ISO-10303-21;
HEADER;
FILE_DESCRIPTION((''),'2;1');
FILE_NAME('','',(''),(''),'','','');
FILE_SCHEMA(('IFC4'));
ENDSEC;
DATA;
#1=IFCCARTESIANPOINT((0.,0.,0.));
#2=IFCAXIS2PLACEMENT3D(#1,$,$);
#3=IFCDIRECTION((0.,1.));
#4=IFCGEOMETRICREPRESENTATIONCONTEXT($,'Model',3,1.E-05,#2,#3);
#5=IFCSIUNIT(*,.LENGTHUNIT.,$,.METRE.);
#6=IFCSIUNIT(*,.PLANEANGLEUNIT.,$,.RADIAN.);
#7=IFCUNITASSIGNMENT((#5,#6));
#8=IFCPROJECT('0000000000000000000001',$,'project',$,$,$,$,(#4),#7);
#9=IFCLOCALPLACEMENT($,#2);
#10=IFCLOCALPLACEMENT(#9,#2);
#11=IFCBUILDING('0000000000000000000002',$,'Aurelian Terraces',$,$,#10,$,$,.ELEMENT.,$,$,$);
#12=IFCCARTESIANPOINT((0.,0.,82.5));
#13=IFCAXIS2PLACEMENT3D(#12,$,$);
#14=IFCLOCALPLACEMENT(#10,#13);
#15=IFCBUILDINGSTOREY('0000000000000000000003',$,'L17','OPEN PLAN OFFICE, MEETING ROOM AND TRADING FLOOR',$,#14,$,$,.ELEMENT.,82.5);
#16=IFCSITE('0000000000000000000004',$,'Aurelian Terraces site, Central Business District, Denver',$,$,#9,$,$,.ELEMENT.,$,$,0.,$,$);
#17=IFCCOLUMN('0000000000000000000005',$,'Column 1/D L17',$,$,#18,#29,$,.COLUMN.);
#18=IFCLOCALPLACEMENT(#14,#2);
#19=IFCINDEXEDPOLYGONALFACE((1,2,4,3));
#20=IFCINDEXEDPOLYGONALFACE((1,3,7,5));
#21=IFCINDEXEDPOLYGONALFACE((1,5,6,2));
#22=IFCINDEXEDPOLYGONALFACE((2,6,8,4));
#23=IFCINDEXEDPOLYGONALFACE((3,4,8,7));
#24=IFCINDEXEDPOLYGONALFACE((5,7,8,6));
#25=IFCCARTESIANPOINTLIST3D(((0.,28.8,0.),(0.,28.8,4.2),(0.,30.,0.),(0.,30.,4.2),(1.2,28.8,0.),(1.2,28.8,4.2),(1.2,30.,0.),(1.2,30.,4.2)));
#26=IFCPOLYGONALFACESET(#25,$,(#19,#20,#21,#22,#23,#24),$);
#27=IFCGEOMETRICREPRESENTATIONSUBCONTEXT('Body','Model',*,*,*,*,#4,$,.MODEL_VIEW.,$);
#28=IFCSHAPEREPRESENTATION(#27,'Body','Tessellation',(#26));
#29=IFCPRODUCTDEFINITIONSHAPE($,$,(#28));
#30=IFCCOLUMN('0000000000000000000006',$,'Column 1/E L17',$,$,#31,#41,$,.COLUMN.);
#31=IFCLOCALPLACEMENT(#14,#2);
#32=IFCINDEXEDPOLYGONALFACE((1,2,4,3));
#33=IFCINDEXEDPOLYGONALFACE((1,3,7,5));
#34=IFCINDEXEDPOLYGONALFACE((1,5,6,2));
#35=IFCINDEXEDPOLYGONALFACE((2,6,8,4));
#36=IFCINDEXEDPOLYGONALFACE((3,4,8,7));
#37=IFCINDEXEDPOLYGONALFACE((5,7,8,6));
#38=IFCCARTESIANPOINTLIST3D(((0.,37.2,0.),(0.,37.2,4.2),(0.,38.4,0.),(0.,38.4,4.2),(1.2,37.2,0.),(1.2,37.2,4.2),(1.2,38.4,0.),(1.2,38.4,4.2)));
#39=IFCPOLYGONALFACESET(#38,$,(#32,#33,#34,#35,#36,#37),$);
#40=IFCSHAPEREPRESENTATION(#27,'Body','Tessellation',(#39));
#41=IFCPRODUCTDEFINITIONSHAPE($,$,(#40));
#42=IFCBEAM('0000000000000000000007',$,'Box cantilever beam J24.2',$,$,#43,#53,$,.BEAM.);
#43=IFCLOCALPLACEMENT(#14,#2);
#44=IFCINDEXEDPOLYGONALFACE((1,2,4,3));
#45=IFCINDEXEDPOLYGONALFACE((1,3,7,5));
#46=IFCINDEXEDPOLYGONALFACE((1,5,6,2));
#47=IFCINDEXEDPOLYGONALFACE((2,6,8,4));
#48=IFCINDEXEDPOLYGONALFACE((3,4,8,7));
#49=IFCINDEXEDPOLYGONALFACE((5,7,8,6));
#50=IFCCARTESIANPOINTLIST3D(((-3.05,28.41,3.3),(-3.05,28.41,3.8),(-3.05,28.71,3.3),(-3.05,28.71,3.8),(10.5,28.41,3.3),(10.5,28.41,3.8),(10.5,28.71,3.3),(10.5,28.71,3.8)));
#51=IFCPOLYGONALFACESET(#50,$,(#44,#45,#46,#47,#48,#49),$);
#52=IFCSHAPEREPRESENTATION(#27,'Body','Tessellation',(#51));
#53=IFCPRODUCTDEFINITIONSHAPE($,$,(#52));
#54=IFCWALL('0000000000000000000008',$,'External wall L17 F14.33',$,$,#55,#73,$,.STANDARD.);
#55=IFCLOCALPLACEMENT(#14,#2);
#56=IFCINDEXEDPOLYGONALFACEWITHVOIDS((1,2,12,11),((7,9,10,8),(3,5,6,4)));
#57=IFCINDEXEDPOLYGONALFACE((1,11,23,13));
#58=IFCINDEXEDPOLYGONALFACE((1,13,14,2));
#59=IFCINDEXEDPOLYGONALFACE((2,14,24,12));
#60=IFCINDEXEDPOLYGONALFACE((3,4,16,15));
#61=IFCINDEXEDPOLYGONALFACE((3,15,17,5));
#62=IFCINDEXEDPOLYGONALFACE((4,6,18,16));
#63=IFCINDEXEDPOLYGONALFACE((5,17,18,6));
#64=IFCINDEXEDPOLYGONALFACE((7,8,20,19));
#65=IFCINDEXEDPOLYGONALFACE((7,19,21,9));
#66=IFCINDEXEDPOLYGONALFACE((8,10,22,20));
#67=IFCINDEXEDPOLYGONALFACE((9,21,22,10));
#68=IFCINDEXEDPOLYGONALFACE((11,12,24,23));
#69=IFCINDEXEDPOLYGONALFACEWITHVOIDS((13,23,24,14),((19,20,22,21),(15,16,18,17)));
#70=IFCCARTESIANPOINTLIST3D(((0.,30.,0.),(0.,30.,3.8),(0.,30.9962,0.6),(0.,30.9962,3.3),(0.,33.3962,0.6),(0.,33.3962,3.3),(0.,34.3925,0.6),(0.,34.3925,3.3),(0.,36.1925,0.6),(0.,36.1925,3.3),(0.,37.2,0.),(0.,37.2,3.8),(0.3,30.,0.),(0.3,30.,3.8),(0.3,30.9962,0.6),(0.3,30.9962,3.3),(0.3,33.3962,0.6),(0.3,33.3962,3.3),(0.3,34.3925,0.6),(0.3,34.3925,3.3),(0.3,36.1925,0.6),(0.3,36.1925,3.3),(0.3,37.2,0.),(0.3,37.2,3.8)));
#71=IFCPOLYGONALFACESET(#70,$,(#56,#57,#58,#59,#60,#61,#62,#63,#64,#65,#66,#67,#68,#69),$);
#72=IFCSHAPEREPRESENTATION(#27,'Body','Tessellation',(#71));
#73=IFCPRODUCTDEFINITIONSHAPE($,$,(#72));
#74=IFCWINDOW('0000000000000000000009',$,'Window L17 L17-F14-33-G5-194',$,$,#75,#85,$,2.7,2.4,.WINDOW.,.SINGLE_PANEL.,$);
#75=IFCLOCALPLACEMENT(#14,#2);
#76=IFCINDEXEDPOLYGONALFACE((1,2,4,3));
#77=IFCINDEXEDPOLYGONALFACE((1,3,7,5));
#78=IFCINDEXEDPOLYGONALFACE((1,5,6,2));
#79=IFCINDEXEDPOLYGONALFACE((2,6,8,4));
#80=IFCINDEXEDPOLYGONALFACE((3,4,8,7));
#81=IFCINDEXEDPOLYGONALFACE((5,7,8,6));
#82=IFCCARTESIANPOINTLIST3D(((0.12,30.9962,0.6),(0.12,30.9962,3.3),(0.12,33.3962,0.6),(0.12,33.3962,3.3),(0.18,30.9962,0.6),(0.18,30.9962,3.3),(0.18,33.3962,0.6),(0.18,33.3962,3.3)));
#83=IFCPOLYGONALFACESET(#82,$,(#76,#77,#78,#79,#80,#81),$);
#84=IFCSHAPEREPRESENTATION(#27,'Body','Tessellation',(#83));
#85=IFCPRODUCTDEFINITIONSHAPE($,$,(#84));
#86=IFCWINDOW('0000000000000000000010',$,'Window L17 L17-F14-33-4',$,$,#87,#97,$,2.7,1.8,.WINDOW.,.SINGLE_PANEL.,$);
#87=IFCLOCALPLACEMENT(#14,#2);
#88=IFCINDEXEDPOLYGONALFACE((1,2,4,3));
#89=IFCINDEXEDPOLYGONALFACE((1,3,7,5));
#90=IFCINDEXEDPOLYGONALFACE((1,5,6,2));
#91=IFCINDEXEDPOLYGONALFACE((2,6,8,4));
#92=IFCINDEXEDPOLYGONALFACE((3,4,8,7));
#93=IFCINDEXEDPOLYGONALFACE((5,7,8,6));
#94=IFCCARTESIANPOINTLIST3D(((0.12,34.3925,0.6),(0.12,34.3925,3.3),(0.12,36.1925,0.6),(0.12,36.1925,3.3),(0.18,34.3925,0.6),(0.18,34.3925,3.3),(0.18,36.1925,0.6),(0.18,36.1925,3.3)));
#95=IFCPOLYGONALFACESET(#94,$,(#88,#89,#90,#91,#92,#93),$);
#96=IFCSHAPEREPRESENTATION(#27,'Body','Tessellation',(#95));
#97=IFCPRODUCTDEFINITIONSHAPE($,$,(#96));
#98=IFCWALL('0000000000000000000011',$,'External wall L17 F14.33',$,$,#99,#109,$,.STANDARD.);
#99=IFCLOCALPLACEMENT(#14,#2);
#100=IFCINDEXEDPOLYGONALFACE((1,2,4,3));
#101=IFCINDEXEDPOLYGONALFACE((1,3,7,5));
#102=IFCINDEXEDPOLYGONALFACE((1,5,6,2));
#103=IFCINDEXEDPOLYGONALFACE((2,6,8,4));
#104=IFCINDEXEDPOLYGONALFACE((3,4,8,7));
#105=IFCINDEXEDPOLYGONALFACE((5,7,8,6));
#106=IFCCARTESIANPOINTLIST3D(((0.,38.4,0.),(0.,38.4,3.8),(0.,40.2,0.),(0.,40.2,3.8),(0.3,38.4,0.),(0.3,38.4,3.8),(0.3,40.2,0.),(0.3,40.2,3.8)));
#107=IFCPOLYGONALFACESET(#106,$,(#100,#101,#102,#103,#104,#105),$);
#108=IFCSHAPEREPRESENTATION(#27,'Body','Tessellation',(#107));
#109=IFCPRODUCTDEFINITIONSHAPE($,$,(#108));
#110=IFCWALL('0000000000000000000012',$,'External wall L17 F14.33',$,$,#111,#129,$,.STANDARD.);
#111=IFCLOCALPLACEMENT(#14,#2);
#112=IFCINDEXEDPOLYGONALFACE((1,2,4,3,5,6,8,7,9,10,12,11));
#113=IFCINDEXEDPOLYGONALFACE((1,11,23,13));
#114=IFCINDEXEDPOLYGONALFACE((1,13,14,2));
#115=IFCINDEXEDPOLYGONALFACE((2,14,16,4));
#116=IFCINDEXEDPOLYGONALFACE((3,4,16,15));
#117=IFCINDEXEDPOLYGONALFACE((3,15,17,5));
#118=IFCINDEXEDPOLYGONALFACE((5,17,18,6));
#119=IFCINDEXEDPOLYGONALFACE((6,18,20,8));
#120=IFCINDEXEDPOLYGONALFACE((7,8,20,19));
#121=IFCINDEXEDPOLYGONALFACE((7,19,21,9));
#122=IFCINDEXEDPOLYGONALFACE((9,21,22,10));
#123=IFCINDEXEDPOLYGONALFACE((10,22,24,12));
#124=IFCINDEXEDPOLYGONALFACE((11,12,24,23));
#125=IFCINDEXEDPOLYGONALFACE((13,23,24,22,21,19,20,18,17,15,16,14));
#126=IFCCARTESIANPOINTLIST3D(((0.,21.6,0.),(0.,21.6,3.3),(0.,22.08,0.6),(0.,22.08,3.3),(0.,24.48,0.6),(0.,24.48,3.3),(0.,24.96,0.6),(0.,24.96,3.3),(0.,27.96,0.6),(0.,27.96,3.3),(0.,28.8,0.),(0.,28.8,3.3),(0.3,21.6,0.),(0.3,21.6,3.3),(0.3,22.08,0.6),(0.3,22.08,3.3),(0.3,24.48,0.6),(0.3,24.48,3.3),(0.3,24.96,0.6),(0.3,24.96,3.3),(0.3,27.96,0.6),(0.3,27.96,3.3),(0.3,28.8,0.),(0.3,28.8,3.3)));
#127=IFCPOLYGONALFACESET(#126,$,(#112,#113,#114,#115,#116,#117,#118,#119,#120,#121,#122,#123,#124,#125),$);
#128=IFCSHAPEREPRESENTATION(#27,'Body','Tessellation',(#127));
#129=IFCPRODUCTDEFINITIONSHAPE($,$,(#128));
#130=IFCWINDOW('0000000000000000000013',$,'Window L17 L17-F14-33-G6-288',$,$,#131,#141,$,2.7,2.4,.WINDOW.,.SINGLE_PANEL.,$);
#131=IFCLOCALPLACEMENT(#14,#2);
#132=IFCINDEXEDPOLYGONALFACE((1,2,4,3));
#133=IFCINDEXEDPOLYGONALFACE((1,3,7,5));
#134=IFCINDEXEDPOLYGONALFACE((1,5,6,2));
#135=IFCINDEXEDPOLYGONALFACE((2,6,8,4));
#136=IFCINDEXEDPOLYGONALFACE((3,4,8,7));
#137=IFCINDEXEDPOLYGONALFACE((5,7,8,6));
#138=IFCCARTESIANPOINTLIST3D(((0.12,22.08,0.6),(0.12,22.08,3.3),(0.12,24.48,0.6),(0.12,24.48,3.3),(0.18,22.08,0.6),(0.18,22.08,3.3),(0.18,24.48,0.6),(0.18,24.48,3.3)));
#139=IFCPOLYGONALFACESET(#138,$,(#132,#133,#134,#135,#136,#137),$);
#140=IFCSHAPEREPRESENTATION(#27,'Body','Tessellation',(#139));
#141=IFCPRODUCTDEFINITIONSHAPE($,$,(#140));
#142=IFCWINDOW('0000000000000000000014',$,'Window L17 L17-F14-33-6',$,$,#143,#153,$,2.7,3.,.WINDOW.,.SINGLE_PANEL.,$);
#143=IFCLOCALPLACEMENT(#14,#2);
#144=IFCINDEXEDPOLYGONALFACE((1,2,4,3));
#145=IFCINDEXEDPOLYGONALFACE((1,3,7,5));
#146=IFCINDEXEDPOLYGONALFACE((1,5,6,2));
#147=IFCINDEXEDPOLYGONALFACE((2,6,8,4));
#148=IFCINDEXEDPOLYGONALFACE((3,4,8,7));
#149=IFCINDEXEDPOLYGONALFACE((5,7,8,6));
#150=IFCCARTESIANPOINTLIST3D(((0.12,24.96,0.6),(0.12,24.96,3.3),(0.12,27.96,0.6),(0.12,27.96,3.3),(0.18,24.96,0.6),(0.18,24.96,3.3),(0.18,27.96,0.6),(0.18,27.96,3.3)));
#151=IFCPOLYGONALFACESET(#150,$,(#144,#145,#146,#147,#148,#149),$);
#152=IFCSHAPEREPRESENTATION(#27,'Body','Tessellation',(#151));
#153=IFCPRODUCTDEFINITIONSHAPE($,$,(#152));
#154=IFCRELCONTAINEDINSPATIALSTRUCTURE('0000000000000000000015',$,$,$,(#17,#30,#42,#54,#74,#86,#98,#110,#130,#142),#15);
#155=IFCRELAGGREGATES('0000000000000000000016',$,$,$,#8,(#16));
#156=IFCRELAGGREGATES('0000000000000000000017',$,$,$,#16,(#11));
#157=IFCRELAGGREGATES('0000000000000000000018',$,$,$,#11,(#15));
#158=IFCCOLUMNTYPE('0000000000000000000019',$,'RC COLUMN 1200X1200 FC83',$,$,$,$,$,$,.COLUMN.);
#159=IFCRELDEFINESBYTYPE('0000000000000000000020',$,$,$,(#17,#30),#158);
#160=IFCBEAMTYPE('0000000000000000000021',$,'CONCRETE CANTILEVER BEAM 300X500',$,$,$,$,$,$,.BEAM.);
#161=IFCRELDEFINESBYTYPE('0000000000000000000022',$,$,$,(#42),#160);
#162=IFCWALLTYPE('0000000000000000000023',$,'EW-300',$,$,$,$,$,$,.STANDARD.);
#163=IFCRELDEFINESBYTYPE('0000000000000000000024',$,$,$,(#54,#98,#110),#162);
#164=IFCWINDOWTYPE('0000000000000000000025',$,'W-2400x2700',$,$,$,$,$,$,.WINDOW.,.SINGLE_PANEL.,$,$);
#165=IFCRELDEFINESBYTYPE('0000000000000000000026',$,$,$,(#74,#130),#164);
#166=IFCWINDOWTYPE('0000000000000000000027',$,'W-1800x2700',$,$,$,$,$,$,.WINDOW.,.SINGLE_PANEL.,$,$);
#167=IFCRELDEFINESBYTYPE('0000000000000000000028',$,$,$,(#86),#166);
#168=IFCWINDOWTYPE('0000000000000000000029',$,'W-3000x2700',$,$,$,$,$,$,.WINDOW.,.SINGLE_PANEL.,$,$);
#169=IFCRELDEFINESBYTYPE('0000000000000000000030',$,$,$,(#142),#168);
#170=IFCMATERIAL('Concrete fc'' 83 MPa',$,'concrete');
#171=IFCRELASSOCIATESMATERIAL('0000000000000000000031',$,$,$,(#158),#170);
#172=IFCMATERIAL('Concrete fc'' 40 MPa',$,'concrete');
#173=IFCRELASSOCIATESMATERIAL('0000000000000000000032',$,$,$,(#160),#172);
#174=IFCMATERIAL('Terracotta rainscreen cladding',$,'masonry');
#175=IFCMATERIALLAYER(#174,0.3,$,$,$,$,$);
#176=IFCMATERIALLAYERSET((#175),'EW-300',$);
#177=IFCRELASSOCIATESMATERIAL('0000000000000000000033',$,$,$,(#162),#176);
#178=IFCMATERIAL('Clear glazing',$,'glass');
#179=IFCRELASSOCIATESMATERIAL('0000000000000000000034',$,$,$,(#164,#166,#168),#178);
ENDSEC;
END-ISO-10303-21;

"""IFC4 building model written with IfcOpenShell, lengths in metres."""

from ifc_helpers import new_model, si_unit, direction, frame, frame_2d, origin, origin_2d, place, context, subcontext, project, spatial, rectangle, extrude, source, transform, mapped, material, layer, layer_set, material_profile, profile_set, type_object, element, fill, save


model = new_model("IFC4")

# Units and contexts
model_context = context("Model", 3, precision=1e-05, world=origin(), true_north=direction((0.0, 1.0)))
body_context = subcontext(model_context, "Body", "Model", "MODEL_VIEW")
ifc_project = project(units=[si_unit("LENGTHUNIT", "METRE"), si_unit("PLANEANGLEUNIT", "RADIAN")], contexts=[model_context])

# Site, building, storey
site_placement = place(None, origin())
site = spatial("IfcSite", under=ifc_project, at=site_placement, Name="Aurelian Terraces site, Central Business District, Denver", CompositionType="ELEMENT", RefElevation=0.0)
building_placement = place(site_placement, origin())
building = spatial("IfcBuilding", under=site, at=building_placement, Name="Aurelian Terraces", CompositionType="ELEMENT")
storey_placement = place(building_placement, frame((0.0, 0.0, 82.5)))
storey = spatial("IfcBuildingStorey", under=building, at=storey_placement, Name="L17", Description="OPEN PLAN OFFICE, MEETING ROOM AND TRADING FLOOR", CompositionType="ELEMENT", Elevation=82.5)

# Columns
ifc_material_1 = material(Name="Concrete fc' 83 MPa", Category="concrete")
ifc_material_profile_1 = material_profile(ifc_material_1, rectangle(XDim=1.2, YDim=1.2, at=origin_2d()))
ifc_profile_set_1 = profile_set([ifc_material_profile_1], Name="Concrete fc' 83 MPa")
column_type = type_object("IfcColumnType", Name="RC COLUMN 1200X1200 FC83", PredefinedType="COLUMN", material=ifc_profile_set_1)
shared_shape_1 = source(origin(), body_context, "Body", "SweptSolid", [
    extrude(rectangle(XDim=1.2, YDim=1.2, at=origin_2d()), origin(), (0.0, 0.0, 1.0), 4.2),
])
for number, where, z_axis, x_axis, name in (
    (1, (0.6, 29.4, 0.0), (0.0, 0.0, 1.0), (1.0, 0.0, 0.0), "Column 1/D L17"),
    (2, (0.6, 37.8, 0.0), (0.0, 0.0, 1.0), (1.0, 0.0, 0.0), "Column 1/E L17"),
):
    element("IfcColumn", number, at=place(storey_placement, frame(where, z_axis=z_axis, x_axis=x_axis)), inside=storey, type_object=column_type, Name=name, PredefinedType="COLUMN", context=body_context, shape_type="MappedRepresentation", body=[
        mapped(shared_shape_1, transform((0.0, 0.0, 0.0), scale=1.0)),
    ])

# Beam
ifc_material_2 = material(Name="Concrete fc' 40 MPa", Category="concrete")
ifc_material_profile_2 = material_profile(ifc_material_2, rectangle(XDim=0.3, YDim=0.5, at=origin_2d()))
ifc_profile_set_2 = profile_set([ifc_material_profile_2], Name="Concrete fc' 40 MPa")
beam_type = type_object("IfcBeamType", Name="CONCRETE CANTILEVER BEAM 300X500", PredefinedType="BEAM", material=ifc_profile_set_2)
shared_shape_2 = source(origin(), body_context, "Body", "SweptSolid", [
    extrude(rectangle(XDim=0.3, YDim=0.5, at=origin_2d()), origin(), (0.0, 0.0, 1.0), 13.55),
])
beam_placement = place(storey_placement, frame((-3.05, 28.56, 3.55), z_axis=(1.0, 0.0, 0.0), x_axis=(0.0, 1.0, 0.0)))
element("IfcBeam", 3, at=beam_placement, inside=storey, type_object=beam_type, Name="Box cantilever beam J24.2", PredefinedType="BEAM", context=body_context, shape_type="MappedRepresentation", body=[
    mapped(shared_shape_2, transform((0.0, 0.0, 0.0), scale=1.0)),
])

# Wall, openings, windows
ifc_material_3 = material(Name="Terracotta rainscreen cladding", Category="masonry")
ifc_layer_1 = layer(ifc_material_3, 0.3)
ifc_layer_set_1 = layer_set([ifc_layer_1], Name="EW-300")
wall_type_1 = type_object("IfcWallType", Name="EW-300", PredefinedType="STANDARD", material=ifc_layer_set_1)
shared_shape_3 = source(origin(), body_context, "Body", "SweptSolid", [
    extrude(rectangle(XDim=7.2, YDim=0.3, at=frame_2d((3.6, 0.0))), origin(), (0.0, 0.0, 1.0), 3.8),
])
wall_1_placement = place(storey_placement, frame((0.15, 37.2, 0.0), z_axis=(0.0, 0.0, 1.0), x_axis=(0.0, -1.0, 0.0)))
wall_1 = element("IfcWall", 4, at=wall_1_placement, inside=storey, type_object=wall_type_1, Name="External wall L17 F14.33", PredefinedType="STANDARD", context=body_context, shape_type="MappedRepresentation", body=[
    mapped(shared_shape_3, transform((0.0, 0.0, 0.0), scale=1.0)),
])
shared_shape_4 = source(origin(), body_context, "Body", "SweptSolid", [
    extrude(rectangle(XDim=1.8, YDim=2.7, at=frame_2d((0.9, 1.35))), frame((0.0, 0.16, 0.0), z_axis=(0.0, -1.0, 0.0), x_axis=(1.0, 0.0, 0.0)), (0.0, 0.0, 1.0), 0.32),
])
opening_1_placement = place(wall_1_placement, frame((1.0075, 0.0, 0.6)))
opening_1 = element("IfcOpeningElement", 5, at=opening_1_placement, cuts=wall_1, PredefinedType="OPENING", context=body_context, shape_type="MappedRepresentation", body=[
    mapped(shared_shape_4, transform((0.0, 0.0, 0.0), scale=1.0)),
])
shared_shape_5 = source(origin(), body_context, "Body", "SweptSolid", [
    extrude(rectangle(XDim=2.4, YDim=2.7, at=frame_2d((1.2, 1.35))), frame((0.0, 0.16, 0.0), z_axis=(0.0, -1.0, 0.0), x_axis=(1.0, 0.0, 0.0)), (0.0, 0.0, 1.0), 0.32),
])
opening_2_placement = place(wall_1_placement, frame((3.8038, 0.0, 0.6)))
opening_2 = element("IfcOpeningElement", 6, at=opening_2_placement, cuts=wall_1, PredefinedType="OPENING", context=body_context, shape_type="MappedRepresentation", body=[
    mapped(shared_shape_5, transform((0.0, 0.0, 0.0), scale=1.0)),
])
ifc_material_4 = material(Name="Clear glazing", Category="glass")
window_type_1 = type_object("IfcWindowType", Name="W-2400x2700", PartitioningType="SINGLE_PANEL", PredefinedType="WINDOW", material=ifc_material_4)
shared_shape_6 = source(origin(), body_context, "Body", "SweptSolid", [
    extrude(rectangle(XDim=2.4, YDim=2.7, at=frame_2d((1.2, 1.35))), frame((0.0, 0.03, 0.0), z_axis=(0.0, -1.0, 0.0), x_axis=(1.0, 0.0, 0.0)), (0.0, 0.0, 1.0), 0.06),
])
window_1_placement = place(opening_2_placement, origin())
window_1 = element("IfcWindow", 7, at=window_1_placement, inside=storey, type_object=window_type_1, Name="Window L17 L17-F14-33-G5-194", OverallHeight=2.7, OverallWidth=2.4, PartitioningType="SINGLE_PANEL", PredefinedType="WINDOW", context=body_context, shape_type="MappedRepresentation", body=[
    mapped(shared_shape_6, transform((0.0, 0.0, 0.0), scale=1.0)),
])
fill(opening_2, window_1)
window_type_2 = type_object("IfcWindowType", Name="W-1800x2700", PartitioningType="SINGLE_PANEL", PredefinedType="WINDOW", material=ifc_material_4)
shared_shape_7 = source(origin(), body_context, "Body", "SweptSolid", [
    extrude(rectangle(XDim=1.8, YDim=2.7, at=frame_2d((0.9, 1.35))), frame((0.0, 0.03, 0.0), z_axis=(0.0, -1.0, 0.0), x_axis=(1.0, 0.0, 0.0)), (0.0, 0.0, 1.0), 0.06),
])
window_2_placement = place(opening_1_placement, origin())
window_2 = element("IfcWindow", 8, at=window_2_placement, inside=storey, type_object=window_type_2, Name="Window L17 L17-F14-33-4", OverallHeight=2.7, OverallWidth=1.8, PartitioningType="SINGLE_PANEL", PredefinedType="WINDOW", context=body_context, shape_type="MappedRepresentation", body=[
    mapped(shared_shape_7, transform((0.0, 0.0, 0.0), scale=1.0)),
])
fill(opening_1, window_2)

# Wall
shared_shape_8 = source(origin(), body_context, "Body", "SweptSolid", [
    extrude(rectangle(XDim=1.8, YDim=0.3, at=frame_2d((0.9, 0.0))), origin(), (0.0, 0.0, 1.0), 3.8),
])
wall_2_placement = place(storey_placement, frame((0.15, 40.2, 0.0), z_axis=(0.0, 0.0, 1.0), x_axis=(0.0, -1.0, 0.0)))
element("IfcWall", 9, at=wall_2_placement, inside=storey, type_object=wall_type_1, Name="External wall L17 F14.33", PredefinedType="STANDARD", context=body_context, shape_type="MappedRepresentation", body=[
    mapped(shared_shape_8, transform((0.0, 0.0, 0.0), scale=1.0)),
])

# Wall, openings, windows
shared_shape_9 = source(origin(), body_context, "Body", "SweptSolid", [
    extrude(rectangle(XDim=7.2, YDim=0.3, at=frame_2d((3.6, 0.0))), origin(), (0.0, 0.0, 1.0), 3.3),
])
wall_3_placement = place(storey_placement, frame((0.15, 28.8, 0.0), z_axis=(0.0, 0.0, 1.0), x_axis=(0.0, -1.0, 0.0)))
wall_3 = element("IfcWall", 10, at=wall_3_placement, inside=storey, type_object=wall_type_1, Name="External wall L17 F14.33", PredefinedType="STANDARD", context=body_context, shape_type="MappedRepresentation", body=[
    mapped(shared_shape_9, transform((0.0, 0.0, 0.0), scale=1.0)),
])
shared_shape_10 = source(origin(), body_context, "Body", "SweptSolid", [
    extrude(rectangle(XDim=3.0, YDim=2.7, at=frame_2d((1.5, 1.35))), frame((0.0, 0.16, 0.0), z_axis=(0.0, -1.0, 0.0), x_axis=(1.0, 0.0, 0.0)), (0.0, 0.0, 1.0), 0.32),
])
opening_3_placement = place(wall_3_placement, frame((0.84, 0.0, 0.6)))
opening_3 = element("IfcOpeningElement", 11, at=opening_3_placement, cuts=wall_3, PredefinedType="OPENING", context=body_context, shape_type="MappedRepresentation", body=[
    mapped(shared_shape_10, transform((0.0, 0.0, 0.0), scale=1.0)),
])
opening_4_placement = place(wall_3_placement, frame((4.32, 0.0, 0.6)))
opening_4 = element("IfcOpeningElement", 12, at=opening_4_placement, cuts=wall_3, PredefinedType="OPENING", context=body_context, shape_type="MappedRepresentation", body=[
    mapped(shared_shape_5, transform((0.0, 0.0, 0.0), scale=1.0)),
])
window_3_placement = place(opening_4_placement, origin())
window_3 = element("IfcWindow", 13, at=window_3_placement, inside=storey, type_object=window_type_1, Name="Window L17 L17-F14-33-G6-288", OverallHeight=2.7, OverallWidth=2.4, PartitioningType="SINGLE_PANEL", PredefinedType="WINDOW", context=body_context, shape_type="MappedRepresentation", body=[
    mapped(shared_shape_6, transform((0.0, 0.0, 0.0), scale=1.0)),
])
fill(opening_4, window_3)
window_type_3 = type_object("IfcWindowType", Name="W-3000x2700", PartitioningType="SINGLE_PANEL", PredefinedType="WINDOW", material=ifc_material_4)
shared_shape_11 = source(origin(), body_context, "Body", "SweptSolid", [
    extrude(rectangle(XDim=3.0, YDim=2.7, at=frame_2d((1.5, 1.35))), frame((0.0, 0.03, 0.0), z_axis=(0.0, -1.0, 0.0), x_axis=(1.0, 0.0, 0.0)), (0.0, 0.0, 1.0), 0.06),
])
window_4_placement = place(opening_3_placement, origin())
window_4 = element("IfcWindow", 14, at=window_4_placement, inside=storey, type_object=window_type_3, Name="Window L17 L17-F14-33-6", OverallHeight=2.7, OverallWidth=3.0, PartitioningType="SINGLE_PANEL", PredefinedType="WINDOW", context=body_context, shape_type="MappedRepresentation", body=[
    mapped(shared_shape_11, transform((0.0, 0.0, 0.0), scale=1.0)),
])
fill(opening_3, window_4)

save(model, "model.ifc")
